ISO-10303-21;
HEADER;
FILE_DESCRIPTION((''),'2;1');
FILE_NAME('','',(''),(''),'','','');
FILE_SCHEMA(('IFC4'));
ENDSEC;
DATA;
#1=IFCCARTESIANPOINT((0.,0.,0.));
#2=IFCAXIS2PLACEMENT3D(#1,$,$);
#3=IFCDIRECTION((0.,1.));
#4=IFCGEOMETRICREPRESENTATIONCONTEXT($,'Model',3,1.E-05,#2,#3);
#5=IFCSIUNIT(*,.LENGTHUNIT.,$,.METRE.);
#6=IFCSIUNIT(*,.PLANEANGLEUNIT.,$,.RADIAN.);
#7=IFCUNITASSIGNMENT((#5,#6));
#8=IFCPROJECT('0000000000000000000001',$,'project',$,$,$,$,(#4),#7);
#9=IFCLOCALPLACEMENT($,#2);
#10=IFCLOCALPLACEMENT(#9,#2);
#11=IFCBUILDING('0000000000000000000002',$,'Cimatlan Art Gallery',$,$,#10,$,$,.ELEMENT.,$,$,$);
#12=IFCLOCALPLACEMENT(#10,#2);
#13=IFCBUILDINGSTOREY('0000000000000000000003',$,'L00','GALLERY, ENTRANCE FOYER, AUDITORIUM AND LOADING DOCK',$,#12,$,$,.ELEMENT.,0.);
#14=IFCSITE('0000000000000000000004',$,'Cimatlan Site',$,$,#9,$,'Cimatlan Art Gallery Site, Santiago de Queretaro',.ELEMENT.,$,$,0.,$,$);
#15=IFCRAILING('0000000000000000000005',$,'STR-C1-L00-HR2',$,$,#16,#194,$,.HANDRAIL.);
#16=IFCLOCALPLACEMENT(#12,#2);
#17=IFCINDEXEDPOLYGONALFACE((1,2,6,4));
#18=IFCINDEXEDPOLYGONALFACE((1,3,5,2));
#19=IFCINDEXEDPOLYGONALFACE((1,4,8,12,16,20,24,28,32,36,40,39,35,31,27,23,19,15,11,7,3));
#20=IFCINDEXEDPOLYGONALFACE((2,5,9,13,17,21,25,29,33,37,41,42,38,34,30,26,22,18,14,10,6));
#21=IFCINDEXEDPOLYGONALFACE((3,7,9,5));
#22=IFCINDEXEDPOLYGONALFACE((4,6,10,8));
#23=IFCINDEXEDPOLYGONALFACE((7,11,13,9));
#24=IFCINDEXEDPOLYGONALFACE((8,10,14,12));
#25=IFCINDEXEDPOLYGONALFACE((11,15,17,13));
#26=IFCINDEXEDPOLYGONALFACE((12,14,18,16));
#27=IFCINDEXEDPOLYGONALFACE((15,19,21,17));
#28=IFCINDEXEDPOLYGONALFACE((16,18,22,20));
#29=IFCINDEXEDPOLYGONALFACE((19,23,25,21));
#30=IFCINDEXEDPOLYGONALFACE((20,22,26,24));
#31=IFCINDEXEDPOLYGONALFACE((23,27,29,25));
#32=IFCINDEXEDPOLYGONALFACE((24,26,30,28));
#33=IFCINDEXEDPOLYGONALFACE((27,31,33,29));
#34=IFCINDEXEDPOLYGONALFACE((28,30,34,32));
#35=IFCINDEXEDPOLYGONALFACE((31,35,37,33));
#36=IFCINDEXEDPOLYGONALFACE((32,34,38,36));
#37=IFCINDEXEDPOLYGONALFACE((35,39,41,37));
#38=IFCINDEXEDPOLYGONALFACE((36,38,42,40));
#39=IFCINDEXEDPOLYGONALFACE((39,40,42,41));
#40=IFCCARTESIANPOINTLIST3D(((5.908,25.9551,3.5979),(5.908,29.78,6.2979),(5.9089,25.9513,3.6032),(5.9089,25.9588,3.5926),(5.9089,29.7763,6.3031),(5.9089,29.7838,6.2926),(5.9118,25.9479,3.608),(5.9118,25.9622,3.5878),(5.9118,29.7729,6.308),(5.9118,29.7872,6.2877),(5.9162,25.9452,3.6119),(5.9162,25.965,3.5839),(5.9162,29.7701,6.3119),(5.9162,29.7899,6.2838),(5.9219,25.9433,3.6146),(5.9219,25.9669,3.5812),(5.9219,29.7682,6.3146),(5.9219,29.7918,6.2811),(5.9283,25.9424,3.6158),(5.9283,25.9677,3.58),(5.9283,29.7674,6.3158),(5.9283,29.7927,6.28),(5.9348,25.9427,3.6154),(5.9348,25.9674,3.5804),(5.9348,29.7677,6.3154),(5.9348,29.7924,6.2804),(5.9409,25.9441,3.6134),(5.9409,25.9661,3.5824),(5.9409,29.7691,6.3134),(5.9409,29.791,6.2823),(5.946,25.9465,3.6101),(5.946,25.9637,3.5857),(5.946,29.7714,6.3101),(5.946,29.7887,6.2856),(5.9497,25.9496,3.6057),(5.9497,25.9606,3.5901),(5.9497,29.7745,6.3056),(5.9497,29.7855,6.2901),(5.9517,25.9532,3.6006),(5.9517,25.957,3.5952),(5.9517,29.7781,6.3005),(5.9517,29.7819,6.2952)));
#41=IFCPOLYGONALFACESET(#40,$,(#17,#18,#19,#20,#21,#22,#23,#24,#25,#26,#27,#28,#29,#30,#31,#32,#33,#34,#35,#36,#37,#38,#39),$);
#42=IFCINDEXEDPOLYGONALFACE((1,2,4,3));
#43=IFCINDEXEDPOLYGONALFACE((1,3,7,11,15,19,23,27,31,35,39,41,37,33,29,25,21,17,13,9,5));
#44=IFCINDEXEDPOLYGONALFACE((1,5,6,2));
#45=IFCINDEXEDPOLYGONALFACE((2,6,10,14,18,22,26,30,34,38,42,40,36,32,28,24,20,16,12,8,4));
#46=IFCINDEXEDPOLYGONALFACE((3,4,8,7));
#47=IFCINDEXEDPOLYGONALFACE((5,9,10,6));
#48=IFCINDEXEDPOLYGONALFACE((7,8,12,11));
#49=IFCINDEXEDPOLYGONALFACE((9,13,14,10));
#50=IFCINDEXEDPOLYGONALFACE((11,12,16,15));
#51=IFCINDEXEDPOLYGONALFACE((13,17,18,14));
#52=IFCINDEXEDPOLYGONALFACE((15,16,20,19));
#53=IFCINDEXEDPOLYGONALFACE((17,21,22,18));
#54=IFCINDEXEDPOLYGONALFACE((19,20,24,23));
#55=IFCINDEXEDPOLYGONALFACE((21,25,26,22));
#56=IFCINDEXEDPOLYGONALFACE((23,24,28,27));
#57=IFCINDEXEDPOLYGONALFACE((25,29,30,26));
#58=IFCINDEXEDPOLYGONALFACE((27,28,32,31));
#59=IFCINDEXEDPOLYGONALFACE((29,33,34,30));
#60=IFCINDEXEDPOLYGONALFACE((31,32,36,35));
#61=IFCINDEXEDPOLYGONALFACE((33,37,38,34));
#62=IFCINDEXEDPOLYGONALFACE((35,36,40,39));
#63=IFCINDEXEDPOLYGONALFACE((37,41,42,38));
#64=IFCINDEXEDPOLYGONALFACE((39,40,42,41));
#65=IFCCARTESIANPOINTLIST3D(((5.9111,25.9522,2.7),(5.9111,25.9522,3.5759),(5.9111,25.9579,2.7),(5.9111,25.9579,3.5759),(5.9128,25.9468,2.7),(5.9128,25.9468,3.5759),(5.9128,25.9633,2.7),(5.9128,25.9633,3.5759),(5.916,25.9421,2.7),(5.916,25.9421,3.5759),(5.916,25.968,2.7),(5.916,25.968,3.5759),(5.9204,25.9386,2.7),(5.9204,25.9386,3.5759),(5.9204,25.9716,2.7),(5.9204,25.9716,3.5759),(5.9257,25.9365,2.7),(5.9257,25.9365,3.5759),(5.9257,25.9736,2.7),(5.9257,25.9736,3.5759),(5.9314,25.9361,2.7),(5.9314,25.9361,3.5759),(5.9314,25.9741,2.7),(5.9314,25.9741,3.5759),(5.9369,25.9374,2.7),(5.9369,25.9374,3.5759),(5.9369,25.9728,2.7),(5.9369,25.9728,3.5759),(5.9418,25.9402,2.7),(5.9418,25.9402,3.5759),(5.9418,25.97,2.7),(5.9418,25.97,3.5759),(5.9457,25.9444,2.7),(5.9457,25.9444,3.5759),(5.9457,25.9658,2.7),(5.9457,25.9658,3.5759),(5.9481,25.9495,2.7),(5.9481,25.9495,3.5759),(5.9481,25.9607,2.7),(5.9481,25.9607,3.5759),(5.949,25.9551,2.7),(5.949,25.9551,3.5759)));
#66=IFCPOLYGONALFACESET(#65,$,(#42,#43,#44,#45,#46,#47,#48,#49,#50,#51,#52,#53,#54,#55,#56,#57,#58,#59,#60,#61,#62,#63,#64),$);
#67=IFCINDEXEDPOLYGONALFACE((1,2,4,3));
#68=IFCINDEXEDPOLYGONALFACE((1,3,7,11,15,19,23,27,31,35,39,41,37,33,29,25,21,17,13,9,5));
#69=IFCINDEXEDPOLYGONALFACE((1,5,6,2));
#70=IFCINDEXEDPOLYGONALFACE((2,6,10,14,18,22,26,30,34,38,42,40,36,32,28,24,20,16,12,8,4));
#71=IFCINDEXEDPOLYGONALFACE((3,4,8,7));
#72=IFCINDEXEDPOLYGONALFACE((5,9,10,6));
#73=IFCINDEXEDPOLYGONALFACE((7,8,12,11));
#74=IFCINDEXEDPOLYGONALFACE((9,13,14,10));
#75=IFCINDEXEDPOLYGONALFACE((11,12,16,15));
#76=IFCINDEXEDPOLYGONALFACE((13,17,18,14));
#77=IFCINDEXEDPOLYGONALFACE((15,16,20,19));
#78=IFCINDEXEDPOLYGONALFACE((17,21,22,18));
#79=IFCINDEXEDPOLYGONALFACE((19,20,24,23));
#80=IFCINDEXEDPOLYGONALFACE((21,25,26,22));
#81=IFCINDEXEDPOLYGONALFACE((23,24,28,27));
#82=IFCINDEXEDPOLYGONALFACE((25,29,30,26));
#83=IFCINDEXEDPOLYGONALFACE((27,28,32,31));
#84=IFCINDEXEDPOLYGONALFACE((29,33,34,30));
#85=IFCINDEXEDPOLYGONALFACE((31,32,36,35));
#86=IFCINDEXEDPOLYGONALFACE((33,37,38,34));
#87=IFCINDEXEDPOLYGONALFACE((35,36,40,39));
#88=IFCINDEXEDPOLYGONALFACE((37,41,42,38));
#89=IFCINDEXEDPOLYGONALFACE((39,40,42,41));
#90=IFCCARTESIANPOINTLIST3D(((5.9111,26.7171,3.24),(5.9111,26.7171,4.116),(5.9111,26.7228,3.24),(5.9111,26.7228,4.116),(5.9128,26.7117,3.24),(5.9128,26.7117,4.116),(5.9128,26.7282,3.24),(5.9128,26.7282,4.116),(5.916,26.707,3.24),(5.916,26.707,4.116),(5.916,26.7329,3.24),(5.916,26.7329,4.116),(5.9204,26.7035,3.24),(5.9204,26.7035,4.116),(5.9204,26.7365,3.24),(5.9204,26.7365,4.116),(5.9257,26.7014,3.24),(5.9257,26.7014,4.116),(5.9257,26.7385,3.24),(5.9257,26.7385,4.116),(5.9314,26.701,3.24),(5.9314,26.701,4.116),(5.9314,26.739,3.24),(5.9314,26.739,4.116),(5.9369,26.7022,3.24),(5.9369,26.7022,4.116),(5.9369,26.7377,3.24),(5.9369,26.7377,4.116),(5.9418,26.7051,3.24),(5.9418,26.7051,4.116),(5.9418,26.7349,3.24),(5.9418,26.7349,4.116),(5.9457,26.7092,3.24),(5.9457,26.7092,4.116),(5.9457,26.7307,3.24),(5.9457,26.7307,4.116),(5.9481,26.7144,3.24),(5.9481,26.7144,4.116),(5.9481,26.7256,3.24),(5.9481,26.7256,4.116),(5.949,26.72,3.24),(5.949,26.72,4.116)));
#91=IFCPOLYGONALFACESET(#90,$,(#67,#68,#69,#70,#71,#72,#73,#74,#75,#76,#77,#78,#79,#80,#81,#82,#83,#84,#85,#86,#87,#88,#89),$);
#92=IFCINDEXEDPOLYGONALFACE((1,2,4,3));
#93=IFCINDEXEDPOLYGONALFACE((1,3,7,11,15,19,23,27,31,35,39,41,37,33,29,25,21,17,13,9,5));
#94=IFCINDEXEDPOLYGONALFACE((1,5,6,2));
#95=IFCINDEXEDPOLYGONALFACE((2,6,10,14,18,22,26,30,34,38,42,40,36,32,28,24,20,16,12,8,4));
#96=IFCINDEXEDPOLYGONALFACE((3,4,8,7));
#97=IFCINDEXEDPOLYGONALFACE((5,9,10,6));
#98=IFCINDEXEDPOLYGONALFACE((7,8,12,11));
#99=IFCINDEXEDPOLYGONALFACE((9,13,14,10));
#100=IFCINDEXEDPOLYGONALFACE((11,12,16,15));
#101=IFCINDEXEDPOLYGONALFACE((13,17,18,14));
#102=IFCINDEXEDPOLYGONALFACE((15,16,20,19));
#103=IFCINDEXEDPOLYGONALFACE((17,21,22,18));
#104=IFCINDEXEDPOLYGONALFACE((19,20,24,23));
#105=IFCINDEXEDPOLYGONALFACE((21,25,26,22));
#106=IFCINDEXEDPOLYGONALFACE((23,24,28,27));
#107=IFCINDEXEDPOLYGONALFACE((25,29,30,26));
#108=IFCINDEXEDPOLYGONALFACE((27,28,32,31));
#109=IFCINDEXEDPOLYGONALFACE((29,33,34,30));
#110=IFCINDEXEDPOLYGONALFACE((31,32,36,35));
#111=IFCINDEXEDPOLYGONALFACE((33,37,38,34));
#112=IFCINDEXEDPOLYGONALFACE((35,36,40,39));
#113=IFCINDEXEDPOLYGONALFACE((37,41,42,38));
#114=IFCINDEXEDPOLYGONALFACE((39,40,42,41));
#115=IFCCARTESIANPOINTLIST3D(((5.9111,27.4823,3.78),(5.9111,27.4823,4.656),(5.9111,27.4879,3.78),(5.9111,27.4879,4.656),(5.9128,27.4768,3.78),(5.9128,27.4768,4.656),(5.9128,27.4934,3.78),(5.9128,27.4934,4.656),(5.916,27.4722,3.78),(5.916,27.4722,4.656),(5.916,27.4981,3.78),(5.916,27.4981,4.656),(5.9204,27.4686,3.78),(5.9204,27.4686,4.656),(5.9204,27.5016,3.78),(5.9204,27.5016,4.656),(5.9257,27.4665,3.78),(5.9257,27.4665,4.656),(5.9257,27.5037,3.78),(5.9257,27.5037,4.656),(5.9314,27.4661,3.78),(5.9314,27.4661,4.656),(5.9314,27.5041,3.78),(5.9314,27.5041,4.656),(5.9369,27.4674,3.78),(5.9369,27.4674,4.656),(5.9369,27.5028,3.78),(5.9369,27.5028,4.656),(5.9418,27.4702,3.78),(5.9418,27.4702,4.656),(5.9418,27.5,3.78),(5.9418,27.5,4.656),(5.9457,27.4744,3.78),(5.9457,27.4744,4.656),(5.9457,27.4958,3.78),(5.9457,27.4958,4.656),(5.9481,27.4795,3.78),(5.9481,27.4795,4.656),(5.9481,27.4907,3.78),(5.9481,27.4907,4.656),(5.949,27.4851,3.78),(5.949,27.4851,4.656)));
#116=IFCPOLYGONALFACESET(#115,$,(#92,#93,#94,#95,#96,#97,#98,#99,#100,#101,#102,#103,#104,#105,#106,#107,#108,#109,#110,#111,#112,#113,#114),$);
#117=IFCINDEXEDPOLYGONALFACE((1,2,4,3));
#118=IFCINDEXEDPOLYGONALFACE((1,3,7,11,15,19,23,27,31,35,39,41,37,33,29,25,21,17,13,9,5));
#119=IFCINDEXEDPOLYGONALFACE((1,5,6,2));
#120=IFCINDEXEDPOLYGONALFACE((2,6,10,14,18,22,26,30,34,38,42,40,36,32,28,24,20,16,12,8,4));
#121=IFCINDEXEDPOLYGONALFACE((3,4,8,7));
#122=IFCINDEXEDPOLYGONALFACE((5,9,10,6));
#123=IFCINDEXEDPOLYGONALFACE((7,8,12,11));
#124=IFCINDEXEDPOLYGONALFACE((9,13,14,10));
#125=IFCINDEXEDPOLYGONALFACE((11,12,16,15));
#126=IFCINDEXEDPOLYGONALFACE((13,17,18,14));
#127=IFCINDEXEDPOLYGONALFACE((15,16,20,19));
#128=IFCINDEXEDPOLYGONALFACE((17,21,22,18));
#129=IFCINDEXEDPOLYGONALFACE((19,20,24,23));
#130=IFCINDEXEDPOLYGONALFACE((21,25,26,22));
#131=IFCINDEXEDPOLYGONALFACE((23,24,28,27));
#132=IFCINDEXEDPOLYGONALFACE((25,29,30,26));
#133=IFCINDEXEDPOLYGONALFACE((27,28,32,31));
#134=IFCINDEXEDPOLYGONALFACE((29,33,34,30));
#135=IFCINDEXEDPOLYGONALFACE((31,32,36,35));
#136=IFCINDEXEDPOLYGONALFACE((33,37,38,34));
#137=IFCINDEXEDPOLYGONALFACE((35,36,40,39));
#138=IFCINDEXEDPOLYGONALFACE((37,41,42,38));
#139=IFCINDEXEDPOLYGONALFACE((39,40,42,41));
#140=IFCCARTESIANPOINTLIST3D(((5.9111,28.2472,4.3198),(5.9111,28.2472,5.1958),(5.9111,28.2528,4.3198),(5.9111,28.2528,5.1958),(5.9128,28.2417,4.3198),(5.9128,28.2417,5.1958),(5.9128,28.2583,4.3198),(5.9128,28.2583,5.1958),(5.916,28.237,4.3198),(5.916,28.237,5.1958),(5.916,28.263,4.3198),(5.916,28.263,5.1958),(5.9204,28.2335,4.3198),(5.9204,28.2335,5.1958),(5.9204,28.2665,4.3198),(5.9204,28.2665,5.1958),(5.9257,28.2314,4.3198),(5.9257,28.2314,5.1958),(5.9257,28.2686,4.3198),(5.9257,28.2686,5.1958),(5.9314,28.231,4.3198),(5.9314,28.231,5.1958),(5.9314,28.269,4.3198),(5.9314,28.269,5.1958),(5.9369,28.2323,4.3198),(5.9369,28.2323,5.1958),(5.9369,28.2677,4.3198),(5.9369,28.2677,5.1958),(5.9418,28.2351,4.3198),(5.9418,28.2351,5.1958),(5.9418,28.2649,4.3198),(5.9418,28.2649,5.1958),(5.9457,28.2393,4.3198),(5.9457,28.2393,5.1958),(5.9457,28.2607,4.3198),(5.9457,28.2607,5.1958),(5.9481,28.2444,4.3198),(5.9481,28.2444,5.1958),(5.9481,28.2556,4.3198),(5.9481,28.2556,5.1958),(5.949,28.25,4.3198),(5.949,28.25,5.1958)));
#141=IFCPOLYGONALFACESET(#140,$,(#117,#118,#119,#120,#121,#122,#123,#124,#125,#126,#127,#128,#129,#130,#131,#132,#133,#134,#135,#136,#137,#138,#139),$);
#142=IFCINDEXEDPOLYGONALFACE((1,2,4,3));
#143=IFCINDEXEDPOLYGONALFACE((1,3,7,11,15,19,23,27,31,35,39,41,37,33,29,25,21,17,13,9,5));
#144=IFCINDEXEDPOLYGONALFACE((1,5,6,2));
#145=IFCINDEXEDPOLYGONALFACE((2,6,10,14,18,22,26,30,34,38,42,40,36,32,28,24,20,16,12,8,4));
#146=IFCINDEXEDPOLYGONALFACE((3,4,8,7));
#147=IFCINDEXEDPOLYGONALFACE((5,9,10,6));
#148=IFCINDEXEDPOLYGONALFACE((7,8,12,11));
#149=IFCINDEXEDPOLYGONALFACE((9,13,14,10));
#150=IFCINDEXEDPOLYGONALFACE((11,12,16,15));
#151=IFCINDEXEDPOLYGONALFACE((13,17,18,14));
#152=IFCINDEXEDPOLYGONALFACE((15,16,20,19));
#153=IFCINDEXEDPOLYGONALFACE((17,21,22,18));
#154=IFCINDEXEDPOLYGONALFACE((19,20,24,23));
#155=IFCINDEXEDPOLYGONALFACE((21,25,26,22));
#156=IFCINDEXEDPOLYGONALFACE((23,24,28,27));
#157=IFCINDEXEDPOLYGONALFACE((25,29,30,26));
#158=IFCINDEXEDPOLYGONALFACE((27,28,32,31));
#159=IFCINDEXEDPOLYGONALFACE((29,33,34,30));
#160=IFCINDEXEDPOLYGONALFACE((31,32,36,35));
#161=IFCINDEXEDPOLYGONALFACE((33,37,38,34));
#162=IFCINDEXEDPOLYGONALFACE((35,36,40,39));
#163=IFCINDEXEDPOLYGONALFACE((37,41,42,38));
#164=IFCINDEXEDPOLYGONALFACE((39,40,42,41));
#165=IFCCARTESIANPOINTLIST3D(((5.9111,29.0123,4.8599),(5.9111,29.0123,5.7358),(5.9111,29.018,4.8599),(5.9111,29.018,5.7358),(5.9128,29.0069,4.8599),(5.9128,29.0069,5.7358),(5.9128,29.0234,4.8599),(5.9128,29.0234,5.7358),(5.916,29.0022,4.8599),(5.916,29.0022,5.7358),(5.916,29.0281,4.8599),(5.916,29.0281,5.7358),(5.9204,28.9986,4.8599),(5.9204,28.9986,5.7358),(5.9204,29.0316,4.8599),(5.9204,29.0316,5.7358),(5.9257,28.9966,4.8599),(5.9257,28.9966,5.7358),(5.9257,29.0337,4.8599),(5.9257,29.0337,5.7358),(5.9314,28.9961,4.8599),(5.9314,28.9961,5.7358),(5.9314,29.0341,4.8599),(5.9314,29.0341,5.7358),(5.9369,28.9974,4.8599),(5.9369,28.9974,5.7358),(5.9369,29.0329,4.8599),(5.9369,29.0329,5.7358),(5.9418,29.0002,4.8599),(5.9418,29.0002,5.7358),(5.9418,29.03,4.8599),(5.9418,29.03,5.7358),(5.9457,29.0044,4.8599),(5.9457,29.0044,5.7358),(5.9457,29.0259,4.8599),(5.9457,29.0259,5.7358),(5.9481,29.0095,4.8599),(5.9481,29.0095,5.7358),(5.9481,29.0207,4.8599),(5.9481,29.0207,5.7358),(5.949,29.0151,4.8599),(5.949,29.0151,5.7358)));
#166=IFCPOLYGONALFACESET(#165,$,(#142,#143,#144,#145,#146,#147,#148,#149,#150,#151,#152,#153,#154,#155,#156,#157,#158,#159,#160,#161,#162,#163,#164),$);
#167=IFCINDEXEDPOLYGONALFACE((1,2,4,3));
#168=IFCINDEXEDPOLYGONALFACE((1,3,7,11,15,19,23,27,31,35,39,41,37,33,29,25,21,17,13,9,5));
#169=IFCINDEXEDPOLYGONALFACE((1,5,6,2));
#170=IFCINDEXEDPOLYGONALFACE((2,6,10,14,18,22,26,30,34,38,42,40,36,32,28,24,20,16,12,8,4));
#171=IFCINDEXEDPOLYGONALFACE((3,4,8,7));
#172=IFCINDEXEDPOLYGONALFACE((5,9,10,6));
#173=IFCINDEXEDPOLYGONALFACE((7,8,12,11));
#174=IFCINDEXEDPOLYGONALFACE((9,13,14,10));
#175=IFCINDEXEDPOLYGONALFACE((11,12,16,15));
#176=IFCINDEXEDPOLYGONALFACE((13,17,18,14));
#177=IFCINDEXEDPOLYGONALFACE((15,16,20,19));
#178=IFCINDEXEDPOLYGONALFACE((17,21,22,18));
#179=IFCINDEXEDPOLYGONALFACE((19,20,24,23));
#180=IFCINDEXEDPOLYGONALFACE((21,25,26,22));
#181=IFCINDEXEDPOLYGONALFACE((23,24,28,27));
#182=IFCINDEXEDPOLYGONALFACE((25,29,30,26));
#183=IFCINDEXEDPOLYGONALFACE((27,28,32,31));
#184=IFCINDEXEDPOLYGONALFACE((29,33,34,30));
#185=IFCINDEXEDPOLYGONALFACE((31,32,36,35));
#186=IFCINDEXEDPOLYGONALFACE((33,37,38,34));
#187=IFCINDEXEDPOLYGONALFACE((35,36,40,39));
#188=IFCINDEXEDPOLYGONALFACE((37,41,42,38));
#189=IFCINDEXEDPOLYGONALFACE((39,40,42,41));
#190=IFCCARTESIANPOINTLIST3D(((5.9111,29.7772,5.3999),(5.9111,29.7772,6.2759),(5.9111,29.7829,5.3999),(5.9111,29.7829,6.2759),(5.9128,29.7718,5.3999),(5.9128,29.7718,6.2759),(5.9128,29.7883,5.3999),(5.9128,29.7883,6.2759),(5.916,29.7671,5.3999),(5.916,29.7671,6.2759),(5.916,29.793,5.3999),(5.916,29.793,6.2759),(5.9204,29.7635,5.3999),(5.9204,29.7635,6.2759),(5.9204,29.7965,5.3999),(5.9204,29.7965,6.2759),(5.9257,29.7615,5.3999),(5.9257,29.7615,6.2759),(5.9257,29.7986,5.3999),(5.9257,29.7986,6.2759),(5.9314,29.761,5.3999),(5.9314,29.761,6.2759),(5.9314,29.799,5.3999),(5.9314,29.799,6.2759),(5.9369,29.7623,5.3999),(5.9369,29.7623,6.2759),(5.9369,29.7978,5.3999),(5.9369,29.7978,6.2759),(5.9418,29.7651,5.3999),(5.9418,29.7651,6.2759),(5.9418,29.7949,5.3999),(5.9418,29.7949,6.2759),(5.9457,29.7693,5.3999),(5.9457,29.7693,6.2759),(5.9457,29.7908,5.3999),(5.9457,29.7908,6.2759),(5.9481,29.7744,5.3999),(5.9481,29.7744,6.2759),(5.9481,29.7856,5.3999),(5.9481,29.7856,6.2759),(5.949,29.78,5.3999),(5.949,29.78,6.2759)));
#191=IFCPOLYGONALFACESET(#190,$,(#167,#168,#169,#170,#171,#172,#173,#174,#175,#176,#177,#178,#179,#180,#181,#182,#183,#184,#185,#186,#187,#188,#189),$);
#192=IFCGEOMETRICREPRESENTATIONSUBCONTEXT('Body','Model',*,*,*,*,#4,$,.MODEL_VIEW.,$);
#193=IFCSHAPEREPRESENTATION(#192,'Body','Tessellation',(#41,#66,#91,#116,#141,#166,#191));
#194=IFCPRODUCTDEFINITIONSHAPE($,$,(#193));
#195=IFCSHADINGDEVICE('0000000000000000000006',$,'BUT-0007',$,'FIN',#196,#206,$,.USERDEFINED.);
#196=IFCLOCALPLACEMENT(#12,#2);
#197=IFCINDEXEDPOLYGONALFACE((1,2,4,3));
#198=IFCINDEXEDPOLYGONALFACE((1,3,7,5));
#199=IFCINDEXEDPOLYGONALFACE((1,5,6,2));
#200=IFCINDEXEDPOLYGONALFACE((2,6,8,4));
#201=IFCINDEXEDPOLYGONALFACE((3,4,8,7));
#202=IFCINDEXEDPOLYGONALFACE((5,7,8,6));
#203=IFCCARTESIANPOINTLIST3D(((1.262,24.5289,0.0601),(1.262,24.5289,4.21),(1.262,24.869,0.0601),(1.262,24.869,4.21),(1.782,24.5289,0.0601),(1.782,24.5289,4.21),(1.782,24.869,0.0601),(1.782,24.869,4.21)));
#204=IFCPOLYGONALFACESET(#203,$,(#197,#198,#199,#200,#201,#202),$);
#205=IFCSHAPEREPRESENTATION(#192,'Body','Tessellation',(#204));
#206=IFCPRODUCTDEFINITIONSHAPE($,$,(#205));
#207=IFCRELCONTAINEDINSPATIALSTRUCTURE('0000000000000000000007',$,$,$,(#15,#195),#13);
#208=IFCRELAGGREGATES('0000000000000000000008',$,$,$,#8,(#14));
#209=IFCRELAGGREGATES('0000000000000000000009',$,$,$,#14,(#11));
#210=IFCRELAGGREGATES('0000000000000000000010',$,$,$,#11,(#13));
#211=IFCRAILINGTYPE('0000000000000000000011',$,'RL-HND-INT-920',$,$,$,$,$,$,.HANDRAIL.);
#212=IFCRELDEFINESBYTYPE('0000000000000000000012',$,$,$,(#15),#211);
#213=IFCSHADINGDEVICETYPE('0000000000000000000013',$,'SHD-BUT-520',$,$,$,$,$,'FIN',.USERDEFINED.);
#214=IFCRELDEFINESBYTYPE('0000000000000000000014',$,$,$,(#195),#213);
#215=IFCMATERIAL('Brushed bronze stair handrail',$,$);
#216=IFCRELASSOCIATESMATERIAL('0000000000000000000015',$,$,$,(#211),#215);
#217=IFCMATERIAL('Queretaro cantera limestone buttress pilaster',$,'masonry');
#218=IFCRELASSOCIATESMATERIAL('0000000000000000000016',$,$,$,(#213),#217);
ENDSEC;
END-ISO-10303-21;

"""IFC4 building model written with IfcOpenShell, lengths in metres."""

from ifc_helpers import new_model, si_unit, direction, frame, origin, origin_2d, place, context, subcontext, project, spatial, rectangle, circle, extrude, material, type_object, element, save


model = new_model("IFC4")

# Units and contexts
model_context = context("Model", 3, precision=1e-05, world=origin(), true_north=direction((0.0, 1.0)))
body_context = subcontext(model_context, "Body", "Model", "MODEL_VIEW")
ifc_project = project(units=[si_unit("LENGTHUNIT", "METRE"), si_unit("PLANEANGLEUNIT", "RADIAN")], contexts=[model_context])

# Site, building, storey
site_placement = place(None, origin())
site = spatial("IfcSite", under=ifc_project, at=site_placement, Name="Cimatlan Site", LongName="Cimatlan Art Gallery Site, Santiago de Queretaro", CompositionType="ELEMENT", RefElevation=0.0)
building_placement = place(site_placement, origin())
building = spatial("IfcBuilding", under=site, at=building_placement, Name="Cimatlan Art Gallery", CompositionType="ELEMENT")
storey_placement = place(building_placement, origin())
storey = spatial("IfcBuildingStorey", under=building, at=storey_placement, Name="L00", Description="GALLERY, ENTRANCE FOYER, AUDITORIUM AND LOADING DOCK", CompositionType="ELEMENT", Elevation=0.0)

# Railing
ifc_material_1 = material(Name="Brushed bronze stair handrail")
railing_type_1 = type_object("IfcRailingType", Name="RL-HND-INT-920", PredefinedType="HANDRAIL", material=ifc_material_1)
railing_1_placement = place(storey_placement, frame((5.9299, 25.9551, 2.7)))
element("IfcRailing", 1, at=railing_1_placement, inside=storey, type_object=railing_type_1, Name="STR-C1-L00-HR2", PredefinedType="HANDRAIL", context=body_context, shape_type="SweptSolid", body=[
    extrude(circle(Radius=0.022, at=origin_2d()), frame((0.0, 0.0, 0.8979), z_axis=(0.0, 0.816969, 0.576681), x_axis=(-1.0, 0.0, 0.0)), (0.0, 0.0, 1.0), 4.6819),
    extrude(circle(Radius=0.019, at=origin_2d()), origin(), (0.0, 0.0, 1.0), 0.876),
    extrude(circle(Radius=0.019, at=origin_2d()), frame((0.0, 0.7649, 0.54)), (0.0, 0.0, 1.0), 0.876),
    extrude(circle(Radius=0.019, at=origin_2d()), frame((0.0, 1.53, 1.0801)), (0.0, 0.0, 1.0), 0.876),
    extrude(circle(Radius=0.019, at=origin_2d()), frame((0.0, 2.2949, 1.6199)), (0.0, 0.0, 1.0), 0.876),
    extrude(circle(Radius=0.019, at=origin_2d()), frame((0.0, 3.0601, 2.1599)), (0.0, 0.0, 1.0), 0.876),
    extrude(circle(Radius=0.019, at=origin_2d()), frame((0.0, 3.825, 2.7)), (0.0, 0.0, 1.0), 0.876),
])

# Shading device
ifc_material_2 = material(Name="Queretaro cantera limestone buttress pilaster", Category="masonry")
shading_device_type_1 = type_object("IfcShadingDeviceType", Name="SHD-BUT-520", ElementType="FIN", PredefinedType="USERDEFINED", material=ifc_material_2)
shading_device_1_placement = place(storey_placement, frame((1.522, 24.699, 0.0601), z_axis=(0.0, 0.0, 1.0), x_axis=(0.0, 1.0, 0.0)))
element("IfcShadingDevice", 2, at=shading_device_1_placement, inside=storey, type_object=shading_device_type_1, Name="BUT-0007", ObjectType="FIN", PredefinedType="USERDEFINED", context=body_context, shape_type="SweptSolid", body=[
    extrude(rectangle(XDim=0.3401, YDim=0.52, at=origin_2d()), origin(), (0.0, 0.0, 1.0), 4.1499),
])

save(model, "model.ifc")
